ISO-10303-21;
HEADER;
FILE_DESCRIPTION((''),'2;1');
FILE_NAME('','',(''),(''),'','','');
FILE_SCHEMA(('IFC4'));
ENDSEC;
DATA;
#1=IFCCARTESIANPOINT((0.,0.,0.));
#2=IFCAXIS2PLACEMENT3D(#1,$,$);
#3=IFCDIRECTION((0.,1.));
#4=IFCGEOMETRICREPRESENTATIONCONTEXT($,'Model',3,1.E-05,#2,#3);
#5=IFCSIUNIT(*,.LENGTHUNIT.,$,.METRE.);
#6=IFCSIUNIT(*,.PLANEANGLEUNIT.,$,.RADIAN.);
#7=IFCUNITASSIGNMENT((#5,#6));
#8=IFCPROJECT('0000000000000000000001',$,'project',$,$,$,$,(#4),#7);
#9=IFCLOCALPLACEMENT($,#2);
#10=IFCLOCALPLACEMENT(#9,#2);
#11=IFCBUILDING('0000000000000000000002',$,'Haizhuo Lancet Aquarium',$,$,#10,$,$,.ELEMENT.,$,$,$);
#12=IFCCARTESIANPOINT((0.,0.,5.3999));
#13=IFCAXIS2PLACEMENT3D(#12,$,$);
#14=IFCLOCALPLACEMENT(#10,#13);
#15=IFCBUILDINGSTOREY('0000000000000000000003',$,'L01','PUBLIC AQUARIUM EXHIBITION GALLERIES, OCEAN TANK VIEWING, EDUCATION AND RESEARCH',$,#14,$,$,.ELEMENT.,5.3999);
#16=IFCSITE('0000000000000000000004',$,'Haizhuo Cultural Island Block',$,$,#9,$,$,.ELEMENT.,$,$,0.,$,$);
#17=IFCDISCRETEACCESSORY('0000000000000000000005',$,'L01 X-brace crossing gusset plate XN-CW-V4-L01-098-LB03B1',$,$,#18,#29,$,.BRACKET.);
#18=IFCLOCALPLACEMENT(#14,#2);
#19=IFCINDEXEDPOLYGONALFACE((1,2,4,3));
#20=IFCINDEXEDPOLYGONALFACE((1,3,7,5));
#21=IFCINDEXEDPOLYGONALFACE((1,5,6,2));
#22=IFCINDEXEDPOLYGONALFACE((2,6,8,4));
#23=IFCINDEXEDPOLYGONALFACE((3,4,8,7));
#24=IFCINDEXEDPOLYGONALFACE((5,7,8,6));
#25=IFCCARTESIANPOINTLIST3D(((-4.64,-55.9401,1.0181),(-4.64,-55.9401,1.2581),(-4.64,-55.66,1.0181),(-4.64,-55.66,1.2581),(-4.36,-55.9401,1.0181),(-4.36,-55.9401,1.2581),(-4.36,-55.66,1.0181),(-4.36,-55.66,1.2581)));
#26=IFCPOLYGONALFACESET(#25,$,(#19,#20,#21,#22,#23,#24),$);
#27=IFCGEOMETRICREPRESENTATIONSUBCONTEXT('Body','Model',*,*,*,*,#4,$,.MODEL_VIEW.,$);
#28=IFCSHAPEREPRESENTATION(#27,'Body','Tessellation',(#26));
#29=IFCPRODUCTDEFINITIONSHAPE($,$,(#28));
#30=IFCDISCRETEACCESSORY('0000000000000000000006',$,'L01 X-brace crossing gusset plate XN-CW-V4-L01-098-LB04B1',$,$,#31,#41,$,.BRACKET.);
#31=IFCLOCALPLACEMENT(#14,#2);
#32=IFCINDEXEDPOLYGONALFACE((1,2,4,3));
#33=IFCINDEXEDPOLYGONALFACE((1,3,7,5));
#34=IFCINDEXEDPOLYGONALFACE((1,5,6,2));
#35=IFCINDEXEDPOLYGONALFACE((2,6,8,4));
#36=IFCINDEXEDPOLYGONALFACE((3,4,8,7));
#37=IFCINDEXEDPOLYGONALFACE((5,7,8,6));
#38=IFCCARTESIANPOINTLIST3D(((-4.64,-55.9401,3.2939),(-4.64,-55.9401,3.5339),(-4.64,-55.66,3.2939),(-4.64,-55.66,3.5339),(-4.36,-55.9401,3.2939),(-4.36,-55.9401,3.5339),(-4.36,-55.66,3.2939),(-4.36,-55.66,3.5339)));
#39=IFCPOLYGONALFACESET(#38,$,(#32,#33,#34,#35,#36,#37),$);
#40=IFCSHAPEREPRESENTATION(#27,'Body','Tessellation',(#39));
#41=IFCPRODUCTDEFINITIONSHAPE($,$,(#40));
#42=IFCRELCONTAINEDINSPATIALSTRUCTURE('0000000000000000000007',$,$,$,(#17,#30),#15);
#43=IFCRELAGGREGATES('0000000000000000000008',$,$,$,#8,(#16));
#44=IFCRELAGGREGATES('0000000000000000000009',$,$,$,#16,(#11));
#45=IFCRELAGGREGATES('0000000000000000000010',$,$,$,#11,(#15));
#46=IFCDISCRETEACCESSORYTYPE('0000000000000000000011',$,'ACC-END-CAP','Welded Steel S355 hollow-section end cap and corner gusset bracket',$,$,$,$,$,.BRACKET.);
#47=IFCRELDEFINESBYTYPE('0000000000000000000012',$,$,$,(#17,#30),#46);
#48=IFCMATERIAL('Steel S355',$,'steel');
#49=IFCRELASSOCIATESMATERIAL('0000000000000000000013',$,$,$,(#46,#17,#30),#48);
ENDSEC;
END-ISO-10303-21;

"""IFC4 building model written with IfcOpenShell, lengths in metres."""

from ifc_helpers import new_model, si_unit, direction, frame, origin, origin_2d, place, context, subcontext, project, spatial, rectangle, extrude, material, type_object, element, save


model = new_model("IFC4")

# Units and contexts
model_context = context("Model", 3, precision=1e-05, world=origin(), true_north=direction((0.0, 1.0)))
body_context = subcontext(model_context, "Body", "Model", "MODEL_VIEW")
ifc_project = project(units=[si_unit("LENGTHUNIT", "METRE"), si_unit("PLANEANGLEUNIT", "RADIAN")], contexts=[model_context])

# Site, building, storey
site_placement = place(None, origin())
site = spatial("IfcSite", under=ifc_project, at=site_placement, Name="Haizhuo Cultural Island Block", CompositionType="ELEMENT", RefElevation=0.0)
building_placement = place(site_placement, origin())
building = spatial("IfcBuilding", under=site, at=building_placement, Name="Haizhuo Lancet Aquarium", CompositionType="ELEMENT")
storey_placement = place(building_placement, frame((0.0, 0.0, 5.3999)))
storey = spatial("IfcBuildingStorey", under=building, at=storey_placement, Name="L01", Description="PUBLIC AQUARIUM EXHIBITION GALLERIES, OCEAN TANK VIEWING, EDUCATION AND RESEARCH", CompositionType="ELEMENT", Elevation=5.3999)

# Shared definitions
ifc_material_1 = material(Name="Steel S355", Category="steel")

# Discrete accessories
discrete_accessory_type = type_object("IfcDiscreteAccessoryType", Name="ACC-END-CAP", Description="Welded Steel S355 hollow-section end cap and corner gusset bracket", PredefinedType="BRACKET", material=ifc_material_1)
for number, where, z_axis, x_axis, name in (
    (1, (-4.5, -55.8, 1.0181), (0.0, 0.0, 1.0), (1.0, 0.0, 0.0), "L01 X-brace crossing gusset plate XN-CW-V4-L01-098-LB03B1"),
    (2, (-4.5, -55.8, 3.2939), (0.0, 0.0, 1.0), (1.0, 0.0, 0.0), "L01 X-brace crossing gusset plate XN-CW-V4-L01-098-LB04B1"),
):
    element("IfcDiscreteAccessory", number, at=place(storey_placement, frame(where, z_axis=z_axis, x_axis=x_axis)), inside=storey, type_object=discrete_accessory_type, material=ifc_material_1, Name=name, PredefinedType="BRACKET", context=body_context, shape_type="SweptSolid", body=[
        extrude(rectangle(XDim=0.28, YDim=0.28, at=origin_2d()), origin(), (0.0, 0.0, 1.0), 0.24),
    ])

save(model, "model.ifc")
